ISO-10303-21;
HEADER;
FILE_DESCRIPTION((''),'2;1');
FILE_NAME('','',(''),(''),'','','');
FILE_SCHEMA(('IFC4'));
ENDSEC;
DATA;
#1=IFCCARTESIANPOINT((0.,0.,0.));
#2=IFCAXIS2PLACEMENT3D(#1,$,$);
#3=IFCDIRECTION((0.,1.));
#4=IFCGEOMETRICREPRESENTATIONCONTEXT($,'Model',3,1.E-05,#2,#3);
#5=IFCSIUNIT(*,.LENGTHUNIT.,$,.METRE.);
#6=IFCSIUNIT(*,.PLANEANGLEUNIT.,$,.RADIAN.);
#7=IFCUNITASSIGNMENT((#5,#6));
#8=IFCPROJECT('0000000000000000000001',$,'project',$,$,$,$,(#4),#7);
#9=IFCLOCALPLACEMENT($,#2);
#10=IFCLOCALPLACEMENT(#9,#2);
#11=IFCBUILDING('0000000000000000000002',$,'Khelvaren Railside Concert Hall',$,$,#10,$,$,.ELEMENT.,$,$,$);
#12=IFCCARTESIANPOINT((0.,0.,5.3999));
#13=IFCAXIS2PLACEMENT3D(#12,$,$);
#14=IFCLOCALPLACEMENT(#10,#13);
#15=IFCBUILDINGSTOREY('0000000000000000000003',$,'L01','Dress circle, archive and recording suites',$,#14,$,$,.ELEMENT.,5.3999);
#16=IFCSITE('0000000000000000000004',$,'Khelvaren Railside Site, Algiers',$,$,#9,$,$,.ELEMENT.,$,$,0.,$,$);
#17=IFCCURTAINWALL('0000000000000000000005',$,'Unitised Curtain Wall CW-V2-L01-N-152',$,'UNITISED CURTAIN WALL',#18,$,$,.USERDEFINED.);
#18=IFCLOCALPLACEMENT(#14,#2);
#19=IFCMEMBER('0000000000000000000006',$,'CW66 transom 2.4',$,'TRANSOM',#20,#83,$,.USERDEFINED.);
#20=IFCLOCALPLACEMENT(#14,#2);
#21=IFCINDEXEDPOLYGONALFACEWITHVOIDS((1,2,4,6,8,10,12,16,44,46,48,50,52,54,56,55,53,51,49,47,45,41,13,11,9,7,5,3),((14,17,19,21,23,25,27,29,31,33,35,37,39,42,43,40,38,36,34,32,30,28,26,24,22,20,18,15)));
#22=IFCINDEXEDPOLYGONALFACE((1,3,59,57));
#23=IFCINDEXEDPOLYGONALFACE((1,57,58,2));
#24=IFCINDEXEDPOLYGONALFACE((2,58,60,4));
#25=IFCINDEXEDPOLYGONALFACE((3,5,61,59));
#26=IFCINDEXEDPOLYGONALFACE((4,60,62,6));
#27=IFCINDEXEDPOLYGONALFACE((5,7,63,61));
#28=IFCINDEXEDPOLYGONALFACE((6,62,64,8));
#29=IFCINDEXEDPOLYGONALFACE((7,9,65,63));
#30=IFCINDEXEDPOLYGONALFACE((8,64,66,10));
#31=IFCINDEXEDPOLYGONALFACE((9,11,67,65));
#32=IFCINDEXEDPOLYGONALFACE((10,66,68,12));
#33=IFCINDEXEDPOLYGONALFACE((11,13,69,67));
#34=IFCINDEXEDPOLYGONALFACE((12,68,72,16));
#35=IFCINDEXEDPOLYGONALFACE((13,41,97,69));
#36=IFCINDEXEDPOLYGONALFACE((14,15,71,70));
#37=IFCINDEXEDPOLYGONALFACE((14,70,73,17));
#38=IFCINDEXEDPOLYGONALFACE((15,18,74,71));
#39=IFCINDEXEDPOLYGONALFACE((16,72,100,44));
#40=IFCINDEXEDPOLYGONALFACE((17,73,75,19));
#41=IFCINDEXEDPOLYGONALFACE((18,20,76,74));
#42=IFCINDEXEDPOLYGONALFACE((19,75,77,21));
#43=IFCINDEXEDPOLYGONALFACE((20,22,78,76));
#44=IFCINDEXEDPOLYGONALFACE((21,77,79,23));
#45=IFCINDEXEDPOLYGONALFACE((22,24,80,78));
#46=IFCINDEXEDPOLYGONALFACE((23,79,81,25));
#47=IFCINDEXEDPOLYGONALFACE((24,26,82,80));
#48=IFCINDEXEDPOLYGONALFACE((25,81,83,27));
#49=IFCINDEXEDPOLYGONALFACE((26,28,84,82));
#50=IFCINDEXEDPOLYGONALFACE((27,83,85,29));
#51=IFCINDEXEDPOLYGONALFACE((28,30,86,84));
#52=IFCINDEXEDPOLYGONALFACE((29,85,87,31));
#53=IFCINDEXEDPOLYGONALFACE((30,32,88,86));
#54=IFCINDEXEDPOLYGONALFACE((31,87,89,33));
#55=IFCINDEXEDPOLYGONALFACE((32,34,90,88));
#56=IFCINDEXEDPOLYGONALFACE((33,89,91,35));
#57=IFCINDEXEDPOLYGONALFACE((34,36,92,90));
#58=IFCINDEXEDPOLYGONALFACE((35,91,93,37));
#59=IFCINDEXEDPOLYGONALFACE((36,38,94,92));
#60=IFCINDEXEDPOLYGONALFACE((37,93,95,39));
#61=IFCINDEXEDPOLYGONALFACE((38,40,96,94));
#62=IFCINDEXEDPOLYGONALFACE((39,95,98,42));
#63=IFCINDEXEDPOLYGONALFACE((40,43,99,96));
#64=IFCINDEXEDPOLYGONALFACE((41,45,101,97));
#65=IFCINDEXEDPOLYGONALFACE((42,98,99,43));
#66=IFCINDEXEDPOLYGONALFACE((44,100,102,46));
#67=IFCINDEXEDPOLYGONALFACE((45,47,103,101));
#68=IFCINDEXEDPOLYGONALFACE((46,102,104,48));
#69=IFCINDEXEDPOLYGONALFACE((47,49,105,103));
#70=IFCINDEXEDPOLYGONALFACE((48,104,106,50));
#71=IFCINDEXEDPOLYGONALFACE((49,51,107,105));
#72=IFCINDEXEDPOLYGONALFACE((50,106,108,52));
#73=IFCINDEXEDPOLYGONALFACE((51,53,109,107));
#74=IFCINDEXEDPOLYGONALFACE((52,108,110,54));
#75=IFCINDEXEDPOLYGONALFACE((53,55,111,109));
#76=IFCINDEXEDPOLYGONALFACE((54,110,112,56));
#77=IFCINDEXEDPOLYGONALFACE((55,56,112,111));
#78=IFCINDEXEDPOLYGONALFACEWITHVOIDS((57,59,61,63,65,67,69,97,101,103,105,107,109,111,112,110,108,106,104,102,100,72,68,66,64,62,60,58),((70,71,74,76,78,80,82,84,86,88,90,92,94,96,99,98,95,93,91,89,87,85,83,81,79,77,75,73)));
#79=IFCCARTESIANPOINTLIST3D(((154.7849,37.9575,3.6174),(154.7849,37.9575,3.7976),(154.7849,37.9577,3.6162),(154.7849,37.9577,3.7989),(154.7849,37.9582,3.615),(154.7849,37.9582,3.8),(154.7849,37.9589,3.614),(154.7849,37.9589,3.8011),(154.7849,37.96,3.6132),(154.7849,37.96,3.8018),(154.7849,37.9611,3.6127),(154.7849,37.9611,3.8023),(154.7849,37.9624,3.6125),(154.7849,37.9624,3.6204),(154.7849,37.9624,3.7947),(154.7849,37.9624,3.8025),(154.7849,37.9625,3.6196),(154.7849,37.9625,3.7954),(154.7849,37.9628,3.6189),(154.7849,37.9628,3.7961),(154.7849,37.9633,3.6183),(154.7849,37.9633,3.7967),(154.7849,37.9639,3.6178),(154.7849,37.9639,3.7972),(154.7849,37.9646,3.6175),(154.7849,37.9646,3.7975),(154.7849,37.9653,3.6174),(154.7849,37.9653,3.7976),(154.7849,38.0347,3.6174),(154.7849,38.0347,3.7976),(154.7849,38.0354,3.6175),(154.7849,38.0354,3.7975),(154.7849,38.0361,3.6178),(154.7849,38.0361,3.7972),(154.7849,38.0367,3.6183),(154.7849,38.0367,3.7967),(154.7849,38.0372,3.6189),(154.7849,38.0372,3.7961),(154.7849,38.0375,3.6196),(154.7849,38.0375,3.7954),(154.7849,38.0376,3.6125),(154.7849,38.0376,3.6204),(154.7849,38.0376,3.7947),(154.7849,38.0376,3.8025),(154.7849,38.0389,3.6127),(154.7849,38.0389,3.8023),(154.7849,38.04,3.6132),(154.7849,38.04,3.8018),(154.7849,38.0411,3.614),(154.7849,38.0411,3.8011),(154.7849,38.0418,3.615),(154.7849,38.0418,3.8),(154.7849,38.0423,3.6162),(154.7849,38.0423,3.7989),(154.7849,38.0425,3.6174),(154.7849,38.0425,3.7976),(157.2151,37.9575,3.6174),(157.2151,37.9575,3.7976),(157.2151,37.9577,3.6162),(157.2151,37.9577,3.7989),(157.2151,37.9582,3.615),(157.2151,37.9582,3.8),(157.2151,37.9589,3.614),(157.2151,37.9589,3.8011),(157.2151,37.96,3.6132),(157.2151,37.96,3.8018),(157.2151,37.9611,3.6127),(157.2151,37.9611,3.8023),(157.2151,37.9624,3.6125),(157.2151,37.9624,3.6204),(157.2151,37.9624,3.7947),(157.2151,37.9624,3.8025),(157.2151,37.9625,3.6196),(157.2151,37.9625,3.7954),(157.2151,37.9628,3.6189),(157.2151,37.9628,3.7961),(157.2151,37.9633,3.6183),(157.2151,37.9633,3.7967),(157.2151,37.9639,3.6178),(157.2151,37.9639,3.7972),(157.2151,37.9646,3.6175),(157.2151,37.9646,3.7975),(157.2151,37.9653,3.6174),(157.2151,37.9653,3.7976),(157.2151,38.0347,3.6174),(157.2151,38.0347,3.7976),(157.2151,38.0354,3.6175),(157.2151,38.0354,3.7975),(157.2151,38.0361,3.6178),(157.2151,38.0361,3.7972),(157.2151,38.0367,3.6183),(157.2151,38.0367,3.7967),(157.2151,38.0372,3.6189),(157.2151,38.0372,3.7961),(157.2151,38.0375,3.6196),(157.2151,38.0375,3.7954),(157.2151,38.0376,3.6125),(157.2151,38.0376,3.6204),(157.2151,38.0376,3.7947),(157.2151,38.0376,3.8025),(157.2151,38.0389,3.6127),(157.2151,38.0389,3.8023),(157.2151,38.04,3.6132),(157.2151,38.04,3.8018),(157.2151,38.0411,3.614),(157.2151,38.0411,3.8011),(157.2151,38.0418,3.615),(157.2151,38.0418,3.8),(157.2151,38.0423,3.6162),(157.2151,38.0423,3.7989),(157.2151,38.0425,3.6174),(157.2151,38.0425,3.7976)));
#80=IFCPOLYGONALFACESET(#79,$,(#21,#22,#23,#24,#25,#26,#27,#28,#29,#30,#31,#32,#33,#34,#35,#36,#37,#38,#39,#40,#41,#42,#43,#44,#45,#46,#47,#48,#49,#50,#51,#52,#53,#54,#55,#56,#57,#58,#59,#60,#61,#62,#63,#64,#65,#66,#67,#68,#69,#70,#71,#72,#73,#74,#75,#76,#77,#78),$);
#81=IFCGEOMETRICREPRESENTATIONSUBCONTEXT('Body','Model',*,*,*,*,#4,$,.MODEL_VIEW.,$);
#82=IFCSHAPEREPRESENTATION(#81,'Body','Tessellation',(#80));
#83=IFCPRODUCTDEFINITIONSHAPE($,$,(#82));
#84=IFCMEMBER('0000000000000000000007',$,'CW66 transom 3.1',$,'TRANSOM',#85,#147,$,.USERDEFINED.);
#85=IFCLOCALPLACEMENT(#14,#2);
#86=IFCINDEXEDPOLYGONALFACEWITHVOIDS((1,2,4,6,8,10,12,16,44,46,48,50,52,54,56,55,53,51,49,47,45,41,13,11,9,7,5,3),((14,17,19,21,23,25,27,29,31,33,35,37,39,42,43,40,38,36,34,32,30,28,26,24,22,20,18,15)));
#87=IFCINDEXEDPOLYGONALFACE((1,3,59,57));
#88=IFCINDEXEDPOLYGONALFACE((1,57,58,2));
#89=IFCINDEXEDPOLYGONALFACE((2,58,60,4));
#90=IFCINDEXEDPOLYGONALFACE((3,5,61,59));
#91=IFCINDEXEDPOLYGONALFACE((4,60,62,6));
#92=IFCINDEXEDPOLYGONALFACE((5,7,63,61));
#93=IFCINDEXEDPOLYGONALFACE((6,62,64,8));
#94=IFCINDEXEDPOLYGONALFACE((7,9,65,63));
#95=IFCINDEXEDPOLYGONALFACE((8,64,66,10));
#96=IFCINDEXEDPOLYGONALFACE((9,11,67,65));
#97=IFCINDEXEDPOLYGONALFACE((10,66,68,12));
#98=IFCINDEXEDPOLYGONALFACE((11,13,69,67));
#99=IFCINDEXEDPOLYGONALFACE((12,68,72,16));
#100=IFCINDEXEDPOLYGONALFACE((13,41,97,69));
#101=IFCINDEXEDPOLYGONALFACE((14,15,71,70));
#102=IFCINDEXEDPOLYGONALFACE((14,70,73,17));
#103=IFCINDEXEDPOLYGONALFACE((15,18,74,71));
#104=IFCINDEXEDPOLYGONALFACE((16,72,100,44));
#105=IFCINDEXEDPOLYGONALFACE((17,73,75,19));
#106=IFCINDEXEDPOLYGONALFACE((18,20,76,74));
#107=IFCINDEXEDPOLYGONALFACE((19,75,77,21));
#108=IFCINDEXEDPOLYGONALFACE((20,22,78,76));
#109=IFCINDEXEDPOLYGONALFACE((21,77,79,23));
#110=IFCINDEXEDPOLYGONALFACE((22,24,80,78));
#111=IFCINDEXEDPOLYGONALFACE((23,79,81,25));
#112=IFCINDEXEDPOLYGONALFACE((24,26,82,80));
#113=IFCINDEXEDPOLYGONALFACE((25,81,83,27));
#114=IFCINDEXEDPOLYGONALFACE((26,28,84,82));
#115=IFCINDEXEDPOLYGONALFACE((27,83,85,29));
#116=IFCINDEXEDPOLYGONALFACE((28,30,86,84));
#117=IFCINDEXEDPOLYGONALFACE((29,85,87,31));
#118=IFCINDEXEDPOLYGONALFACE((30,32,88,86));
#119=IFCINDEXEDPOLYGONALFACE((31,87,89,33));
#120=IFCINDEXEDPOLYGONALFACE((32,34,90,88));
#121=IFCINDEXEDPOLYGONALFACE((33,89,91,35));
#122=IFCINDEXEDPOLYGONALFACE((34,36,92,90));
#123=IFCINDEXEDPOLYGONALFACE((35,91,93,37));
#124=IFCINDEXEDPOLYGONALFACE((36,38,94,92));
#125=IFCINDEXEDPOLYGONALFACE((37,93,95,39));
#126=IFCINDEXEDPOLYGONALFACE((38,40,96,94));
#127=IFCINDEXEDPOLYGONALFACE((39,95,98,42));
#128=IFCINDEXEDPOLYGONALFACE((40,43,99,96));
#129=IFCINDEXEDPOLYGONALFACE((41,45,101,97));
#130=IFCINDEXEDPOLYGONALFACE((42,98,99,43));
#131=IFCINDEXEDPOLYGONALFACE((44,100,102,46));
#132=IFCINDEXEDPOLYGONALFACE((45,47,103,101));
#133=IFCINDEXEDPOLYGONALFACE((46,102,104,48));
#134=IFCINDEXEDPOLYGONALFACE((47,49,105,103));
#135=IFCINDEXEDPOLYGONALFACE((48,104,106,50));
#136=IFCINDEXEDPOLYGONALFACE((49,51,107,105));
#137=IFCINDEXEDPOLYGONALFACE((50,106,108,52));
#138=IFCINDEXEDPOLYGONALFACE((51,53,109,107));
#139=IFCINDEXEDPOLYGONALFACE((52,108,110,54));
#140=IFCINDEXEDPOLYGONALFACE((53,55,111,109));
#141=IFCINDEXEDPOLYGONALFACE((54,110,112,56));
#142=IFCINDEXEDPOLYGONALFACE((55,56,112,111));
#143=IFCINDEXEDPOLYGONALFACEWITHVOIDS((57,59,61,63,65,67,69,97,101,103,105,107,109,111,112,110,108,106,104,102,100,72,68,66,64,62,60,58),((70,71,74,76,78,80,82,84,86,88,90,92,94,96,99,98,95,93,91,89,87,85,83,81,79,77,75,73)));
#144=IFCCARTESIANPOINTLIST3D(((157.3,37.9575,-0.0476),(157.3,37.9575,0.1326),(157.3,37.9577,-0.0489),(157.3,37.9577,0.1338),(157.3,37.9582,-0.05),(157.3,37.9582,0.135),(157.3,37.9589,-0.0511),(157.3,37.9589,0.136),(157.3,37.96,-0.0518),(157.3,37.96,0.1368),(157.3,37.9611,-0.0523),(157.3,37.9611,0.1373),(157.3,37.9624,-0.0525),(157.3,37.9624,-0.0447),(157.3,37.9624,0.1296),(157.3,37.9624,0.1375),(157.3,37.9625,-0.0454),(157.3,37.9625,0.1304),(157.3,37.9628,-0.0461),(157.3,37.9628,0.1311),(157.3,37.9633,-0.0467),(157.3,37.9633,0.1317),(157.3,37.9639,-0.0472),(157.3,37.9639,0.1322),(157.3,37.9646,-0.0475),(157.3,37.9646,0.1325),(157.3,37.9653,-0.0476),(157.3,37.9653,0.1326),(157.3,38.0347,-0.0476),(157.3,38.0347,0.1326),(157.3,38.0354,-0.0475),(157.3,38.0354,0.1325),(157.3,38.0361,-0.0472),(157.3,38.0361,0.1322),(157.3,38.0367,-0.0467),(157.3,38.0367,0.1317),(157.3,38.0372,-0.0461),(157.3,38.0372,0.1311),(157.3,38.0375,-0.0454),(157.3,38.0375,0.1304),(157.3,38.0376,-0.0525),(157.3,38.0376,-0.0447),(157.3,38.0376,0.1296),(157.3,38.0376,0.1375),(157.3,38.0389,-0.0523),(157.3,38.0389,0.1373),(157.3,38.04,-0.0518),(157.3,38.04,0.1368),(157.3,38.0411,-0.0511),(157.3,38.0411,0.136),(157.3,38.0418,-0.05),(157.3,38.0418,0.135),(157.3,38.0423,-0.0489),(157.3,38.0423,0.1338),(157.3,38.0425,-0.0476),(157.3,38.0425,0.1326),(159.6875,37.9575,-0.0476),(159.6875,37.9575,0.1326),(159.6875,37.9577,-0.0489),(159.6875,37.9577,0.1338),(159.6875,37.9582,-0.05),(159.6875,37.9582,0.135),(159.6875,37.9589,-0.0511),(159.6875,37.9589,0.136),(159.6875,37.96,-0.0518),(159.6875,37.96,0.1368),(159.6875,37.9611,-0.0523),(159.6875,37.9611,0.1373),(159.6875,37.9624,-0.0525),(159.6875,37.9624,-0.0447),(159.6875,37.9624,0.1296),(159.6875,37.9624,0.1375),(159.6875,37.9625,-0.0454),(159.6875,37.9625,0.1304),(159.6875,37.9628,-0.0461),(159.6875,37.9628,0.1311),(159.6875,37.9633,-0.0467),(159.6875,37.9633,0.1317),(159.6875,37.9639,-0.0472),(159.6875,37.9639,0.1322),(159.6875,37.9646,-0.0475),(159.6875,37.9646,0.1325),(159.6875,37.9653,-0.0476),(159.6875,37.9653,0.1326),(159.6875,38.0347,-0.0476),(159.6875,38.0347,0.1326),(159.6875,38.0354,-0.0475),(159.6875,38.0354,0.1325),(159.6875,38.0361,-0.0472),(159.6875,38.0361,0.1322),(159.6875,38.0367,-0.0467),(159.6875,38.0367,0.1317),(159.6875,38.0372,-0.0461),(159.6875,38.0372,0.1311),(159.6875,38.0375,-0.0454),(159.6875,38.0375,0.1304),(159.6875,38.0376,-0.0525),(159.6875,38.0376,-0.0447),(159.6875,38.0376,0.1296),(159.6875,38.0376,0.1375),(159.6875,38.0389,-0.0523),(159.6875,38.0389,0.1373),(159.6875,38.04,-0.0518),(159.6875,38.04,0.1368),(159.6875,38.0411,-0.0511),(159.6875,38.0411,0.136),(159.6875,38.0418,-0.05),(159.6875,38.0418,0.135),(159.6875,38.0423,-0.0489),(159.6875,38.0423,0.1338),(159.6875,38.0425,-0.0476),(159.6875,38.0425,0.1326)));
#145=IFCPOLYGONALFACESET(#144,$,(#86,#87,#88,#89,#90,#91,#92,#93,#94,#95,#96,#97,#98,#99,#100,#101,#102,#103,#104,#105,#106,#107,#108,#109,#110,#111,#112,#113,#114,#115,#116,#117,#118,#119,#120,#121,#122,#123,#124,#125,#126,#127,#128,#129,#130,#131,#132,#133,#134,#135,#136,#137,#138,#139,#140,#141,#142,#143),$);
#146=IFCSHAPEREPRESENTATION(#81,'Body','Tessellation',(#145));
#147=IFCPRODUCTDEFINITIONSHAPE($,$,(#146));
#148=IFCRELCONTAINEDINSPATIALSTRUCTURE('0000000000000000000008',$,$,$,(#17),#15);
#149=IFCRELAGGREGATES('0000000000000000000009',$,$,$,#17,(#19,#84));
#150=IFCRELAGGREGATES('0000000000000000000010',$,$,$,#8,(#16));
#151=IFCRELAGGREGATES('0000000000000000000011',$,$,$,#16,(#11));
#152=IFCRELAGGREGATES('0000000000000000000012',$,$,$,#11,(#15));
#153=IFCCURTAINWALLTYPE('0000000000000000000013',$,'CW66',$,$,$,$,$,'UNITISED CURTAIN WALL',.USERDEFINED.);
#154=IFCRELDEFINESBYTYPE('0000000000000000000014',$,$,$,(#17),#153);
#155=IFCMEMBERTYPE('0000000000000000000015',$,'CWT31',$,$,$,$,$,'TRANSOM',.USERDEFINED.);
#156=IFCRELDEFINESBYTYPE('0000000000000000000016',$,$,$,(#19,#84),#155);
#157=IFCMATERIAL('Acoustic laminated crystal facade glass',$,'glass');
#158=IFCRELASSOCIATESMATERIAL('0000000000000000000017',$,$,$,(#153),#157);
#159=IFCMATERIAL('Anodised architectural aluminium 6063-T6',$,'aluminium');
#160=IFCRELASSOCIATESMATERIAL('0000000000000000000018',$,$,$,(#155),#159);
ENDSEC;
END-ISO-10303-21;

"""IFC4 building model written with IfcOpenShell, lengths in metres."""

from ifc_helpers import new_model, si_unit, direction, frame, origin, origin_2d, place, context, subcontext, project, spatial, hollow_rectangle, extrude, material, material_profile, profile_set, type_object, element, aggregate, save


model = new_model("IFC4")

# Units and contexts
model_context = context("Model", 3, precision=1e-05, world=origin(), true_north=direction((0.0, 1.0)))
body_context = subcontext(model_context, "Body", "Model", "MODEL_VIEW")
ifc_project = project(units=[si_unit("LENGTHUNIT", "METRE"), si_unit("PLANEANGLEUNIT", "RADIAN")], contexts=[model_context])

# Site, building, storey
site_placement = place(None, origin())
site = spatial("IfcSite", under=ifc_project, at=site_placement, Name="Khelvaren Railside Site, Algiers", CompositionType="ELEMENT", RefElevation=0.0)
building_placement = place(site_placement, origin())
building = spatial("IfcBuilding", under=site, at=building_placement, Name="Khelvaren Railside Concert Hall", CompositionType="ELEMENT")
storey_placement = place(building_placement, frame((0.0, 0.0, 5.3999)))
storey = spatial("IfcBuildingStorey", under=building, at=storey_placement, Name="L01", Description="Dress circle, archive and recording suites", CompositionType="ELEMENT", Elevation=5.3999)

# Shared definitions
ifc_material_1 = material(Name="Acoustic laminated crystal facade glass", Category="glass")
ifc_material_2 = material(Name="Anodised architectural aluminium 6063-T6", Category="aluminium")

# Curtain wall
curtain_wall_type_1 = type_object("IfcCurtainWallType", Name="CW66", ElementType="UNITISED CURTAIN WALL", PredefinedType="USERDEFINED", material=ifc_material_1)
curtain_wall_1_placement = place(storey_placement, origin())
curtain_wall_1 = element("IfcCurtainWall", 1, at=curtain_wall_1_placement, inside=storey, type_object=curtain_wall_type_1, Name="Unitised Curtain Wall CW-V2-L01-N-152", ObjectType="UNITISED CURTAIN WALL", PredefinedType="USERDEFINED")

# Members
ifc_material_profile_1 = material_profile(ifc_material_2, hollow_rectangle(XDim=0.085, YDim=0.1899, WallThickness=0.0049, InnerFilletRadius=0.0029, OuterFilletRadius=0.0049, at=origin_2d()), Name="CWT 85x190x5")
ifc_profile_set_1 = profile_set([ifc_material_profile_1], Name="Anodised architectural aluminium 6063-T6")
member_type_1 = type_object("IfcMemberType", Name="CWT31", ElementType="TRANSOM", PredefinedType="USERDEFINED", material=ifc_profile_set_1)
member_1_placement = place(storey_placement, frame((154.7849, 38.0, 3.7075), z_axis=(1.0, 0.0, 0.0), x_axis=(0.0, 1.0, 0.0)))
member_1 = element("IfcMember", 2, at=member_1_placement, type_object=member_type_1, Name="CW66 transom 2.4", ObjectType="TRANSOM", PredefinedType="USERDEFINED", context=body_context, shape_type="SweptSolid", body=[
    extrude(hollow_rectangle(XDim=0.085, YDim=0.1899, WallThickness=0.0049, InnerFilletRadius=0.0029, OuterFilletRadius=0.0049, at=origin_2d()), origin(), (0.0, 0.0, 1.0), 2.4302),
])
member_2_placement = place(storey_placement, frame((157.3, 38.0, 0.0425), z_axis=(1.0, 0.0, 0.0), x_axis=(0.0, 1.0, 0.0)))
member_2 = element("IfcMember", 3, at=member_2_placement, type_object=member_type_1, Name="CW66 transom 3.1", ObjectType="TRANSOM", PredefinedType="USERDEFINED", context=body_context, shape_type="SweptSolid", body=[
    extrude(hollow_rectangle(XDim=0.085, YDim=0.1899, WallThickness=0.0049, InnerFilletRadius=0.0029, OuterFilletRadius=0.0049, at=origin_2d()), origin(), (0.0, 0.0, 1.0), 2.3875),
])

aggregate(curtain_wall_1, [member_1, member_2])

save(model, "model.ifc")
